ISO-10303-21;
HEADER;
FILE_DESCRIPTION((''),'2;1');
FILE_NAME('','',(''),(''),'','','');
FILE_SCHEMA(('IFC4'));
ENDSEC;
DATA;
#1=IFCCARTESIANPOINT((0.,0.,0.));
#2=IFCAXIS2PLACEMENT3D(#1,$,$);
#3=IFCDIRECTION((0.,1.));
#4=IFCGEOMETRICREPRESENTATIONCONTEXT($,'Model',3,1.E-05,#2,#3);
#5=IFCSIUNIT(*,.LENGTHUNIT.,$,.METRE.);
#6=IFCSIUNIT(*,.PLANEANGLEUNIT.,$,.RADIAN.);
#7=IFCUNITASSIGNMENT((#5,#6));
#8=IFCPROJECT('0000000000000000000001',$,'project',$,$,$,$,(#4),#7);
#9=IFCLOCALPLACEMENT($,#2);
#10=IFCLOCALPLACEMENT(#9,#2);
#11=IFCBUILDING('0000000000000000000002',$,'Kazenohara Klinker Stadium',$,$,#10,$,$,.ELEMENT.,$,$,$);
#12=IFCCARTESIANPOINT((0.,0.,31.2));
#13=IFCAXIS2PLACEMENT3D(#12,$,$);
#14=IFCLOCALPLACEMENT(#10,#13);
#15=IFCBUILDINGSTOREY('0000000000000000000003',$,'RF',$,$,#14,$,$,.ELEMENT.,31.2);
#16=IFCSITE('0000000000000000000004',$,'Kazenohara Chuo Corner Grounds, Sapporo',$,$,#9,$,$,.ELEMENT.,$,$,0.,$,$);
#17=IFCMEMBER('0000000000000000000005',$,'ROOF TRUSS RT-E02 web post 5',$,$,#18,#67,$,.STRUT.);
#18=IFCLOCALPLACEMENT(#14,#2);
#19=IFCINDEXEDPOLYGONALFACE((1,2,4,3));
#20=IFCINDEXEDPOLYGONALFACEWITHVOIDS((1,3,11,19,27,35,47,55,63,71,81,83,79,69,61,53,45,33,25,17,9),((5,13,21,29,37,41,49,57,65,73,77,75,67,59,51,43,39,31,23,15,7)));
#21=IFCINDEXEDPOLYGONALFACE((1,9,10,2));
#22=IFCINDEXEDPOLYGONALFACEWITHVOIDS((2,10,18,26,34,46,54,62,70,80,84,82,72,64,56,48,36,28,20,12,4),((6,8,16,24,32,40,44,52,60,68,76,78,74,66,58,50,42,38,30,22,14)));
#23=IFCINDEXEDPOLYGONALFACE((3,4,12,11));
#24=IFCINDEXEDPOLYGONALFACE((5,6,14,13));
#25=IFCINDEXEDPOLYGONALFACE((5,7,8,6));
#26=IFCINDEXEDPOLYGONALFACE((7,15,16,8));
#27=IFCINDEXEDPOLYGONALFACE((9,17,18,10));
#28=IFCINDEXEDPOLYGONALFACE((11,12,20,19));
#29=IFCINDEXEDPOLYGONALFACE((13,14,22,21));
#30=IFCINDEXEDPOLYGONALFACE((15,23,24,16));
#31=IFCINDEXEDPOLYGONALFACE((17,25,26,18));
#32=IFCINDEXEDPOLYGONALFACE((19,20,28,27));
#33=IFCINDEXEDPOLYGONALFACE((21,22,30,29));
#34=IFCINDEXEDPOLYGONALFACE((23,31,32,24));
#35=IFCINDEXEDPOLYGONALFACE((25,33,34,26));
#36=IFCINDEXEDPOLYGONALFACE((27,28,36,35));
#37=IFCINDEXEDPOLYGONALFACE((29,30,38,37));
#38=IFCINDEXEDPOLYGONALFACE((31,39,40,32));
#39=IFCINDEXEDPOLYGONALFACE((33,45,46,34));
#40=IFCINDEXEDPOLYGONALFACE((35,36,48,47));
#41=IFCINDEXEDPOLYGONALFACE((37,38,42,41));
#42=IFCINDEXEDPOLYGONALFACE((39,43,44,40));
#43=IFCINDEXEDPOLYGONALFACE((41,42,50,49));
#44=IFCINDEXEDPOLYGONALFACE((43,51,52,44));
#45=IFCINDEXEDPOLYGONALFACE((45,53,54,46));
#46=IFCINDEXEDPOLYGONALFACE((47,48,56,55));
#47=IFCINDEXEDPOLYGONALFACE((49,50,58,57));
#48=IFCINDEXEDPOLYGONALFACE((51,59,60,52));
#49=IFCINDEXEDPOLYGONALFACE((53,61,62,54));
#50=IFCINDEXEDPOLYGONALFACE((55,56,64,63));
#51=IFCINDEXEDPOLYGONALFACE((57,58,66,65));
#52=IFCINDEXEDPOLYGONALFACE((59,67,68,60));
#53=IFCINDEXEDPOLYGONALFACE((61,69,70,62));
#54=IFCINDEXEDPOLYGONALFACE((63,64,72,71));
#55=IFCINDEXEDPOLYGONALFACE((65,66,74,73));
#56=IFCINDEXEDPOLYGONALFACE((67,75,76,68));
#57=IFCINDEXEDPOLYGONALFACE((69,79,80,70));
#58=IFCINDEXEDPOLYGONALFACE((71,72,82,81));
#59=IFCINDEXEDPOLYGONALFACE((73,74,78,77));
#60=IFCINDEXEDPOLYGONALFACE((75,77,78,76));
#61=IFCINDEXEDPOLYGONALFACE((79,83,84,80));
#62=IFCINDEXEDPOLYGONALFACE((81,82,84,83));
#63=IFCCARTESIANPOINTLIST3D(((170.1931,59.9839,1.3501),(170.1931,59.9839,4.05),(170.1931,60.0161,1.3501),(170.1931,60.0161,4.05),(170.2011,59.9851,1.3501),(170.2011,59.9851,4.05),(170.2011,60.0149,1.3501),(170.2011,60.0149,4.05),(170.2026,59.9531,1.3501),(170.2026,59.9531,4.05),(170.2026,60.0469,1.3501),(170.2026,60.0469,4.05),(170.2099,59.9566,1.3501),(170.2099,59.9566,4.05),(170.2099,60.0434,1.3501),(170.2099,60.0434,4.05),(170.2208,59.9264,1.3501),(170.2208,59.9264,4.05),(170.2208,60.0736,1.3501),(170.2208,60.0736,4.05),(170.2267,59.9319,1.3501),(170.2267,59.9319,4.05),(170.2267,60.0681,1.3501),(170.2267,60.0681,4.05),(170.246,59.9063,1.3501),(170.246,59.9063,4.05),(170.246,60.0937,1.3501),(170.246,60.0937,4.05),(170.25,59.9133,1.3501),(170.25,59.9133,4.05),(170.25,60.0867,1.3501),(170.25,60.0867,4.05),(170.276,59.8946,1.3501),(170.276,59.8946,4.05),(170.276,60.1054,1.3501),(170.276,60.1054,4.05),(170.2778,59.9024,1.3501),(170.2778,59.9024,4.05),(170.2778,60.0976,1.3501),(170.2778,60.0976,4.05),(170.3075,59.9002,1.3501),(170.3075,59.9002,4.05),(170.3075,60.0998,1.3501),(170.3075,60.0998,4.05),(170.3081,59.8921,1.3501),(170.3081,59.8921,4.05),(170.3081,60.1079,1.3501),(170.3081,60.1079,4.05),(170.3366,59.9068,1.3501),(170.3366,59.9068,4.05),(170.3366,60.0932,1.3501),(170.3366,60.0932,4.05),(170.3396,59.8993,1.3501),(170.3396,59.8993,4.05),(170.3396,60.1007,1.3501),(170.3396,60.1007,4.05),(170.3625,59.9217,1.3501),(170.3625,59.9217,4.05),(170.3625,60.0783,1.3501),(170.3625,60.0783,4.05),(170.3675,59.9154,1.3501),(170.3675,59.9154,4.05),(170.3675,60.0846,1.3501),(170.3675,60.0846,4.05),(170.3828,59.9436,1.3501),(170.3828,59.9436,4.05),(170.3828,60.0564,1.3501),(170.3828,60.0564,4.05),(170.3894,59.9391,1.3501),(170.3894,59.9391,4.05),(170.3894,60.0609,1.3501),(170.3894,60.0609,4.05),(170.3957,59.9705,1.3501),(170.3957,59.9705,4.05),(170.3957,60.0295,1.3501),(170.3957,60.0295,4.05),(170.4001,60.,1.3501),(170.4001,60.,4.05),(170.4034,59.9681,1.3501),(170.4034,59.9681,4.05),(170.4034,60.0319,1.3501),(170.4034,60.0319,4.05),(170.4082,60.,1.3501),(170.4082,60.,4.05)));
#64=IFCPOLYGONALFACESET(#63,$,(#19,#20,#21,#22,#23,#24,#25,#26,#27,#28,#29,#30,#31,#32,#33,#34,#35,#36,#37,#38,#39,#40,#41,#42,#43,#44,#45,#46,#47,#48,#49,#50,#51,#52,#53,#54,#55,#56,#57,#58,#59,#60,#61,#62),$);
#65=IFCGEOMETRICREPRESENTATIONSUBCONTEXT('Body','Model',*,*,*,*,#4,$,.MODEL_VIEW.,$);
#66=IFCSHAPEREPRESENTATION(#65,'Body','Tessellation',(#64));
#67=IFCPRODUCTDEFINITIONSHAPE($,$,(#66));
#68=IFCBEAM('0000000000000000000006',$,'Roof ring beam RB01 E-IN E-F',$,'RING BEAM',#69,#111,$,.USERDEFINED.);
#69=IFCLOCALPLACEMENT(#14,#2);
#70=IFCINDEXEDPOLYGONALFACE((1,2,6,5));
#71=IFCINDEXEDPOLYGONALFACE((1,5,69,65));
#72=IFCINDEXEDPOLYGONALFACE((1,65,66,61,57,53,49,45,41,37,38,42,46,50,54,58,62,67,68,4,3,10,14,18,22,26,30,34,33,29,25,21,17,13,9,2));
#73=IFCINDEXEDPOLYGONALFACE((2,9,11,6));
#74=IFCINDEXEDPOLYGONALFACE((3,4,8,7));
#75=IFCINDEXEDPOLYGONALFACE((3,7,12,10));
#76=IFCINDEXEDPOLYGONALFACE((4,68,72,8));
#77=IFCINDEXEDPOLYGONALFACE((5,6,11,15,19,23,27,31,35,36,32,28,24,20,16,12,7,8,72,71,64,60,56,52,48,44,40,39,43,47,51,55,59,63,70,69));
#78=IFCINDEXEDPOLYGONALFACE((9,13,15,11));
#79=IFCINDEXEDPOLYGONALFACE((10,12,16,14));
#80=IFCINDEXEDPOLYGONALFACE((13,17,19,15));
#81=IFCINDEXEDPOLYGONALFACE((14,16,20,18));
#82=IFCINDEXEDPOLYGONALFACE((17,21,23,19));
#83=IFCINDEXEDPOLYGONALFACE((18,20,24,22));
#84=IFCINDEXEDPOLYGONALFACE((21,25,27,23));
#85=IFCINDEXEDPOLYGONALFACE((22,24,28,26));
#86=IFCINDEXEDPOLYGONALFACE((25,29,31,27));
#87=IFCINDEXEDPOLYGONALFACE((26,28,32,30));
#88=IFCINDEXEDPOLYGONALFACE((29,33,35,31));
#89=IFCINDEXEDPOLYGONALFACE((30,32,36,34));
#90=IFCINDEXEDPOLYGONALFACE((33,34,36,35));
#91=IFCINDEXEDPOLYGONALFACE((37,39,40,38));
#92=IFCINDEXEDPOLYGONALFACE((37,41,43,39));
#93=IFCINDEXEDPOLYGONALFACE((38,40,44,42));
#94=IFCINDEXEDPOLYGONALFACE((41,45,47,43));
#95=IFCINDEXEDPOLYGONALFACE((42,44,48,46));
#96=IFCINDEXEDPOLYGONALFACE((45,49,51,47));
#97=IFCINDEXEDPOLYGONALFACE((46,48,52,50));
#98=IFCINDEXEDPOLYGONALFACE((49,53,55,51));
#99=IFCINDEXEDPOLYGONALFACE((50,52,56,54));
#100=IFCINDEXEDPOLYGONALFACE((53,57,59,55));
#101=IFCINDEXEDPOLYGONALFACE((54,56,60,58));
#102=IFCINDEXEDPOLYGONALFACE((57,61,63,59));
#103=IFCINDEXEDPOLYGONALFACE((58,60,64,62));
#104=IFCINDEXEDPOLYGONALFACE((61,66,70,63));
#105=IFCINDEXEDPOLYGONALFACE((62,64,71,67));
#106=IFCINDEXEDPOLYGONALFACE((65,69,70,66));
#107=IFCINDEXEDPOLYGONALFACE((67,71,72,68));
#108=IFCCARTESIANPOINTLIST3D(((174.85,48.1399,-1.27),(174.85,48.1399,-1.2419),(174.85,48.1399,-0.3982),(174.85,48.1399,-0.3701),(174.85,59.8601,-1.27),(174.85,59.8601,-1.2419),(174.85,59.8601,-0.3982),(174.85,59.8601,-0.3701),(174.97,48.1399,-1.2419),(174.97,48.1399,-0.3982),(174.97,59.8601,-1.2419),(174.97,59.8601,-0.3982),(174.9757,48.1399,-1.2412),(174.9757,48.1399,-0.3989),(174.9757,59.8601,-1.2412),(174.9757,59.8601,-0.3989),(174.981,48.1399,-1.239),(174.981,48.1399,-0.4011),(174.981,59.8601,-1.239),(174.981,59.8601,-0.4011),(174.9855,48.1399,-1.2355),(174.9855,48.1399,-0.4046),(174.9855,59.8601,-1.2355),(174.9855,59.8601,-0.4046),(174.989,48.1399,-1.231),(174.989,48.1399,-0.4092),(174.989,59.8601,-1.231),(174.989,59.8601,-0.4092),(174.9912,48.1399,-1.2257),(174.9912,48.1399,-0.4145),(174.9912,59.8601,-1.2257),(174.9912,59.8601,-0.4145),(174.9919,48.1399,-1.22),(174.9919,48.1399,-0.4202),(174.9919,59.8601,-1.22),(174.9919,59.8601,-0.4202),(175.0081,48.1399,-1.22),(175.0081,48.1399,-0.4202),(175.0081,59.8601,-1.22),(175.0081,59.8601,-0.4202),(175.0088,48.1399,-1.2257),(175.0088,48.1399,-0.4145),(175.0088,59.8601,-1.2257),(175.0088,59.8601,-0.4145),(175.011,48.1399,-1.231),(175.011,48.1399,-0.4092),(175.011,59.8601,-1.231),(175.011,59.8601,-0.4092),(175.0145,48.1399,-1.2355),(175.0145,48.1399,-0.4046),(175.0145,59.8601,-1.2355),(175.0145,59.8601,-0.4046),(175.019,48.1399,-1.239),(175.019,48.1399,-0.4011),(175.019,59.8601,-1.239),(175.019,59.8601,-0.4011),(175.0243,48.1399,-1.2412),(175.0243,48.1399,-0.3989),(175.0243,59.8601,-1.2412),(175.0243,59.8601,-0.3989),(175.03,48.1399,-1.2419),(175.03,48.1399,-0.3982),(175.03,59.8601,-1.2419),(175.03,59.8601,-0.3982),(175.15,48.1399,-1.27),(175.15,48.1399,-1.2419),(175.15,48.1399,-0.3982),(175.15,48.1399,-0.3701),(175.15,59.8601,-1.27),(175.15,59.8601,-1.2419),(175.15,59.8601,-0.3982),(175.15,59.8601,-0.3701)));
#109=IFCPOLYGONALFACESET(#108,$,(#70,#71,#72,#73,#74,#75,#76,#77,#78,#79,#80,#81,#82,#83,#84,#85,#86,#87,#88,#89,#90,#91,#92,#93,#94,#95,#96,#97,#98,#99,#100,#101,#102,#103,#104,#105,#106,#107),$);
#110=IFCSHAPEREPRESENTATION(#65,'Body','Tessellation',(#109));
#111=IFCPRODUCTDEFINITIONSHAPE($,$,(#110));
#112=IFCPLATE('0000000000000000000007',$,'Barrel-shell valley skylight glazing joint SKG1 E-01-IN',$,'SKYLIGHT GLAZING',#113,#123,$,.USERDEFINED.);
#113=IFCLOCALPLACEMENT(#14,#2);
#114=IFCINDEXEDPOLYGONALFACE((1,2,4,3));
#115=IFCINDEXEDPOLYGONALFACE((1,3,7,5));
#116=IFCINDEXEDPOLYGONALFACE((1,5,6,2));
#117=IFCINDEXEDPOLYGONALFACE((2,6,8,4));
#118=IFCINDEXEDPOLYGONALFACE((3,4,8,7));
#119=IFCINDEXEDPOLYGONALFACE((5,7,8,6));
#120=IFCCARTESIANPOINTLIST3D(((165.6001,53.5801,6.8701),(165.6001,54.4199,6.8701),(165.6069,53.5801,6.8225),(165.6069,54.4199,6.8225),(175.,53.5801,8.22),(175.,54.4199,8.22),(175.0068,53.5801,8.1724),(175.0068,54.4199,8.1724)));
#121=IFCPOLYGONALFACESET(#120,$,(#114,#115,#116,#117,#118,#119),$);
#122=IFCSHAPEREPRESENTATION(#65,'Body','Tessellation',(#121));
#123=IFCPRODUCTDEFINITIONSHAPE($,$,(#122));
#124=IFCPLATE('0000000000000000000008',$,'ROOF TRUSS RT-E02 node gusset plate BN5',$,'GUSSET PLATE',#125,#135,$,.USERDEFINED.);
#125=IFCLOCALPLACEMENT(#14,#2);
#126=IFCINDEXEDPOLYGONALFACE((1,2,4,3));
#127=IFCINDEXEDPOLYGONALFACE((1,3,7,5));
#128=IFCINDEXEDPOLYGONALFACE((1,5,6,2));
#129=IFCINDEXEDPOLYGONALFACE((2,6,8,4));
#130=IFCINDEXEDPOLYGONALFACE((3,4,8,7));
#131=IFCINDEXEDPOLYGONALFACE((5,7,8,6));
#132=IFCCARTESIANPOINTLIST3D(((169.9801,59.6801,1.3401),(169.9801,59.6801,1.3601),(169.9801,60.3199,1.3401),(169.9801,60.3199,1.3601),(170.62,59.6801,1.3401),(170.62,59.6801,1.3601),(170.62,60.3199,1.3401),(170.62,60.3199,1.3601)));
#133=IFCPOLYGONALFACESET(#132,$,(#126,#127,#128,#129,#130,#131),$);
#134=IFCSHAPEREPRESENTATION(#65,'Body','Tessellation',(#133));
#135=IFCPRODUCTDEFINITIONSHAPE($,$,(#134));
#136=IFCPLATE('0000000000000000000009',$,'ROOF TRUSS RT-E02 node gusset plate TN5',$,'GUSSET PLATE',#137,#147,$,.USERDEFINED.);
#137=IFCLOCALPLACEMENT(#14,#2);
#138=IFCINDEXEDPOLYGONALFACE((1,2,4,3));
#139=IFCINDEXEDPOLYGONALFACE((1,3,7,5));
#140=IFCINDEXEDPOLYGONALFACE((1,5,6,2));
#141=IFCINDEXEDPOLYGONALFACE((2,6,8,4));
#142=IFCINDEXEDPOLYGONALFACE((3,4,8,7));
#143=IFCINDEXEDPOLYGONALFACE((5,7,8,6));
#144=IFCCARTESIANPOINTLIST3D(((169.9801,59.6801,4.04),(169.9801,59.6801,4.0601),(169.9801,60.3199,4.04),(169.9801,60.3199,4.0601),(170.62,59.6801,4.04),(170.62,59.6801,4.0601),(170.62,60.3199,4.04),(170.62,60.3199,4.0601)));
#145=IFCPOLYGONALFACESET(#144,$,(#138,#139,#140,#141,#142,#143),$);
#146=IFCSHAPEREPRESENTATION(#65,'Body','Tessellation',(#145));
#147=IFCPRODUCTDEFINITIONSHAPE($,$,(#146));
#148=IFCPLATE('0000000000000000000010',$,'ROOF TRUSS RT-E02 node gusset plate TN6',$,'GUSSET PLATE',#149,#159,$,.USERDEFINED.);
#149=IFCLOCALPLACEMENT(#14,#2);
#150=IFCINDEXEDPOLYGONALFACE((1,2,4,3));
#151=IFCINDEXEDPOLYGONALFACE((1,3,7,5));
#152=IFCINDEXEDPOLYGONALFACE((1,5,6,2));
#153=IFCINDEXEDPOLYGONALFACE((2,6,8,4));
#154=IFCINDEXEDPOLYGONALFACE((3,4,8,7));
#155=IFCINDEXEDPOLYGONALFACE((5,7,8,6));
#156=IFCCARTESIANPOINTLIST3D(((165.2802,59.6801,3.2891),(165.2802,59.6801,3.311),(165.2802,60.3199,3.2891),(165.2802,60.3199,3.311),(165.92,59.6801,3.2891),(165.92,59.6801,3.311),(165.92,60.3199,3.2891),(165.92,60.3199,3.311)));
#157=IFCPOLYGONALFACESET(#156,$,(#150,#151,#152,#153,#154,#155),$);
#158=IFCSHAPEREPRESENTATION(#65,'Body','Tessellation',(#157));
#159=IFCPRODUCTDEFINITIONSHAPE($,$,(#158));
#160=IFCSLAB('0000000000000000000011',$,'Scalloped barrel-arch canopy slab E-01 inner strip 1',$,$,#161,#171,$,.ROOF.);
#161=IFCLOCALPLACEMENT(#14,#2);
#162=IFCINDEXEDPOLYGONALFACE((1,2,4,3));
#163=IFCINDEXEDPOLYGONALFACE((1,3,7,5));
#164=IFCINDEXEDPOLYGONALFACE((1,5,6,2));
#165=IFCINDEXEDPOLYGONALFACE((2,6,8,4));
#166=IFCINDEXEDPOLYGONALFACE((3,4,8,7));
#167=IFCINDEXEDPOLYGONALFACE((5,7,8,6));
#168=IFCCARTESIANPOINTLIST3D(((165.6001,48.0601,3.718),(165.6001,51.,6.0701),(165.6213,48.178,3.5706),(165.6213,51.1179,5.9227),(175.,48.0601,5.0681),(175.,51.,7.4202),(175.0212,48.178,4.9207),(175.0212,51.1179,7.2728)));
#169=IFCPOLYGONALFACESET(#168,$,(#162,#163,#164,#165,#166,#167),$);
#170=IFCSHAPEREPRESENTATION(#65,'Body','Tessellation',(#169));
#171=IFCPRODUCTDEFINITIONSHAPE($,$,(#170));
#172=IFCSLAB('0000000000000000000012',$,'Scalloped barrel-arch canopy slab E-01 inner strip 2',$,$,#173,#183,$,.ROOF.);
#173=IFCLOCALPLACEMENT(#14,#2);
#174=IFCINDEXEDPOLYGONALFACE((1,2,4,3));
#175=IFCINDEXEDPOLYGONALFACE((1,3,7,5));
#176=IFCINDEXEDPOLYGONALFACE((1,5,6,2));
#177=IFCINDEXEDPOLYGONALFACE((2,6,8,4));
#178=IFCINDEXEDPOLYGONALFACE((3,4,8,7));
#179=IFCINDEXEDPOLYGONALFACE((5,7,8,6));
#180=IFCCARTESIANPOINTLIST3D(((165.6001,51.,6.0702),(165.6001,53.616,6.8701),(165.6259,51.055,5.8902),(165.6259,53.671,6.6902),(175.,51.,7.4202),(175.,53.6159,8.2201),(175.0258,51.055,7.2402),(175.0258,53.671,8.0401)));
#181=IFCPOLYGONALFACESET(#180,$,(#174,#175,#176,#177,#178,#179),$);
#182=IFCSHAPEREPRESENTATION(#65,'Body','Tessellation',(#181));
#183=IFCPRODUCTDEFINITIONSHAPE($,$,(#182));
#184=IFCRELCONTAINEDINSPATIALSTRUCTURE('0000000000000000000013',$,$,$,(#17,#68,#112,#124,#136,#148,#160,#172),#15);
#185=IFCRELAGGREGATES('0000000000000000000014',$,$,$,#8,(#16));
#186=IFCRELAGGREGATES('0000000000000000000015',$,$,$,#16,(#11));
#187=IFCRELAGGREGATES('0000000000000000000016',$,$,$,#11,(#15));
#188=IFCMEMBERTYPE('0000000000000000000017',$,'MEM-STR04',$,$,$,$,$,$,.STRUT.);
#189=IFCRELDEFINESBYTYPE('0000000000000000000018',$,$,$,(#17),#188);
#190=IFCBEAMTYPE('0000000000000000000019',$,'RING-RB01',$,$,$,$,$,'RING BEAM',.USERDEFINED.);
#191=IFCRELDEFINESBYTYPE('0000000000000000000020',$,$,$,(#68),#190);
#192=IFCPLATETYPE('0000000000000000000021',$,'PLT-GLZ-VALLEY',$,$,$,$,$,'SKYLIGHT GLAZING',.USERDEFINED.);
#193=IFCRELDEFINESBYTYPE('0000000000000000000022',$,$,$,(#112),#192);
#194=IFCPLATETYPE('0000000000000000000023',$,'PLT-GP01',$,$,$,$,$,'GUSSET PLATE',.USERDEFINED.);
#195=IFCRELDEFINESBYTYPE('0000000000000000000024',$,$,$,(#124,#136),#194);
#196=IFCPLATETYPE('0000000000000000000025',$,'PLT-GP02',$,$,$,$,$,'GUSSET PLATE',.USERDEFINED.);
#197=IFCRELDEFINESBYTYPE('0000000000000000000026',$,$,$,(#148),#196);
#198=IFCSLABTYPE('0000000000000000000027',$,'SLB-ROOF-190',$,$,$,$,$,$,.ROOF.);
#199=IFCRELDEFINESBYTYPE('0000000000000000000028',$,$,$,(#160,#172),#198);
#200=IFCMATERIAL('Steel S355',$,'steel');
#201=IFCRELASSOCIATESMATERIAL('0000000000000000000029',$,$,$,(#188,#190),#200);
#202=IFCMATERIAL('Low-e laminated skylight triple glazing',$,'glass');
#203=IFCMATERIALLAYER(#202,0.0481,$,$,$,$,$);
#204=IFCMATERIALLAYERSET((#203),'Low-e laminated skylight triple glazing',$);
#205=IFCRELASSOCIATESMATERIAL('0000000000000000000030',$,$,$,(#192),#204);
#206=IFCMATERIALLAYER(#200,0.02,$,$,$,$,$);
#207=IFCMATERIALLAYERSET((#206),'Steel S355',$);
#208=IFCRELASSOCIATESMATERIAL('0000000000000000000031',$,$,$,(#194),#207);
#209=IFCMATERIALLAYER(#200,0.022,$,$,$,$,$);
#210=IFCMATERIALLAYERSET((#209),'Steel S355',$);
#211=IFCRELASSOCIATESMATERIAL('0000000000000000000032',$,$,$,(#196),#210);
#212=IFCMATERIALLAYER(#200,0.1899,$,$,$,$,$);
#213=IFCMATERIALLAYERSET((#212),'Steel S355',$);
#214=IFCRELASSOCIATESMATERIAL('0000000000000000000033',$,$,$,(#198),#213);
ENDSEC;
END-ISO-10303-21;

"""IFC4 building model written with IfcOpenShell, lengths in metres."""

from ifc_helpers import new_model, si_unit, direction, frame, origin, origin_2d, place, context, subcontext, project, spatial, polyline, rectangle, hollow_circle, i_section, outline, extrude, material, layer, layer_set, material_profile, profile_set, type_object, element, save


model = new_model("IFC4")

# Units and contexts
model_context = context("Model", 3, precision=1e-05, world=origin(), true_north=direction((0.0, 1.0)))
body_context = subcontext(model_context, "Body", "Model", "MODEL_VIEW")
ifc_project = project(units=[si_unit("LENGTHUNIT", "METRE"), si_unit("PLANEANGLEUNIT", "RADIAN")], contexts=[model_context])

# Site, building, storey
site_placement = place(None, origin())
site = spatial("IfcSite", under=ifc_project, at=site_placement, Name="Kazenohara Chuo Corner Grounds, Sapporo", CompositionType="ELEMENT", RefElevation=0.0)
building_placement = place(site_placement, origin())
building = spatial("IfcBuilding", under=site, at=building_placement, Name="Kazenohara Klinker Stadium", CompositionType="ELEMENT")
storey_placement = place(building_placement, frame((0.0, 0.0, 31.2)))
storey = spatial("IfcBuildingStorey", under=building, at=storey_placement, Name="RF", CompositionType="ELEMENT", Elevation=31.2)

# Member
ifc_material_1 = material(Name="Steel S355", Category="steel")
ifc_material_profile_1 = material_profile(ifc_material_1, hollow_circle(Radius=0.1082, WallThickness=0.0081, at=origin_2d()), Name="CHS-216.3x8")
ifc_profile_set_1 = profile_set([ifc_material_profile_1], Name="Steel S355")
member_type_1 = type_object("IfcMemberType", Name="MEM-STR04", PredefinedType="STRUT", material=ifc_profile_set_1)
member_1_placement = place(storey_placement, frame((170.3, 60.0, 1.3501), z_axis=(0.0, 0.0, 1.0), x_axis=(1.0, 0.0, 0.0)))
element("IfcMember", 1, at=member_1_placement, inside=storey, type_object=member_type_1, Name="ROOF TRUSS RT-E02 web post 5", PredefinedType="STRUT", context=body_context, shape_type="SweptSolid", body=[
    extrude(hollow_circle(Radius=0.1082, WallThickness=0.0081, at=origin_2d()), origin(), (0.0, 0.0, 1.0), 2.7),
])

# Beam
ifc_material_profile_2 = material_profile(ifc_material_1, i_section(OverallWidth=0.3, OverallDepth=0.8999, WebThickness=0.0161, FlangeThickness=0.0281, FilletRadius=0.022, at=origin_2d()), Name="H-900x300x16x28")
ifc_profile_set_2 = profile_set([ifc_material_profile_2], Name="Steel S355")
beam_type = type_object("IfcBeamType", Name="RING-RB01", ElementType="RING BEAM", PredefinedType="USERDEFINED", material=ifc_profile_set_2)
beam_placement = place(storey_placement, frame((175.0, 48.1399, -0.8201), z_axis=(0.0, 1.0, 0.0), x_axis=(-1.0, 0.0, 0.0)))
element("IfcBeam", 2, at=beam_placement, inside=storey, type_object=beam_type, Name="Roof ring beam RB01 E-IN E-F", ObjectType="RING BEAM", PredefinedType="USERDEFINED", context=body_context, shape_type="SweptSolid", body=[
    extrude(i_section(OverallWidth=0.3, OverallDepth=0.8999, WebThickness=0.0161, FlangeThickness=0.0281, FilletRadius=0.022, at=origin_2d()), origin(), (0.0, 0.0, 1.0), 11.7202),
])

# Plates
ifc_material_2 = material(Name="Low-e laminated skylight triple glazing", Category="glass")
ifc_layer_1 = layer(ifc_material_2, 0.0481)
ifc_layer_set_1 = layer_set([ifc_layer_1], Name="Low-e laminated skylight triple glazing")
plate_type_1 = type_object("IfcPlateType", Name="PLT-GLZ-VALLEY", ElementType="SKYLIGHT GLAZING", PredefinedType="USERDEFINED", material=ifc_layer_set_1)
plate_1_placement = place(storey_placement, frame((175.0, 53.5801, 8.22), z_axis=(-0.142145, 0.0, 0.989846), x_axis=(-0.989846, 0.0, -0.142145)))
element("IfcPlate", 3, at=plate_1_placement, inside=storey, type_object=plate_type_1, Name="Barrel-shell valley skylight glazing joint SKG1 E-01-IN", ObjectType="SKYLIGHT GLAZING", PredefinedType="USERDEFINED", context=body_context, shape_type="SweptSolid", body=[
    extrude(outline(polyline([(0.0, 0.0), (9.4963, 0.0), (9.4963, -0.8398), (0.0, -0.8398), (0.0, 0.0)])), origin(), (0.0, 0.0, -1.0), 0.0481),
])
ifc_layer_2 = layer(ifc_material_1, 0.02)
ifc_layer_set_2 = layer_set([ifc_layer_2], Name="Steel S355")
plate_type_2 = type_object("IfcPlateType", Name="PLT-GP01", ElementType="GUSSET PLATE", PredefinedType="USERDEFINED", material=ifc_layer_set_2)
for number, where, z_axis, x_axis, name in (
    (4, (170.3, 60.0, 1.3401), (0.0, 0.0, 1.0), (1.0, 0.0, 0.0), "ROOF TRUSS RT-E02 node gusset plate BN5"),
    (5, (170.3, 60.0, 4.04), (0.0, 0.0, 1.0), (1.0, 0.0, 0.0), "ROOF TRUSS RT-E02 node gusset plate TN5"),
):
    element("IfcPlate", number, at=place(storey_placement, frame(where, z_axis=z_axis, x_axis=x_axis)), inside=storey, type_object=plate_type_2, Name=name, ObjectType="GUSSET PLATE", PredefinedType="USERDEFINED", context=body_context, shape_type="SweptSolid", body=[
        extrude(rectangle(XDim=0.6399, YDim=0.6399, at=origin_2d()), origin(), (0.0, 0.0, 1.0), 0.02),
    ])
ifc_layer_3 = layer(ifc_material_1, 0.022)
ifc_layer_set_3 = layer_set([ifc_layer_3], Name="Steel S355")
plate_type_3 = type_object("IfcPlateType", Name="PLT-GP02", ElementType="GUSSET PLATE", PredefinedType="USERDEFINED", material=ifc_layer_set_3)
plate_2_placement = place(storey_placement, frame((165.6001, 60.0, 3.2891), z_axis=(0.0, 0.0, 1.0), x_axis=(1.0, 0.0, 0.0)))
element("IfcPlate", 6, at=plate_2_placement, inside=storey, type_object=plate_type_3, Name="ROOF TRUSS RT-E02 node gusset plate TN6", ObjectType="GUSSET PLATE", PredefinedType="USERDEFINED", context=body_context, shape_type="SweptSolid", body=[
    extrude(rectangle(XDim=0.6399, YDim=0.6399, at=origin_2d()), origin(), (0.0, 0.0, 1.0), 0.022),
])

# Slabs
ifc_layer_4 = layer(ifc_material_1, 0.1899)
ifc_layer_set_4 = layer_set([ifc_layer_4], Name="Steel S355")
slab_type = type_object("IfcSlabType", Name="SLB-ROOF-190", PredefinedType="ROOF", material=ifc_layer_set_4)
slab_1_placement = place(storey_placement, frame((175.0, 48.0601, 5.0681), z_axis=(-0.111455, -0.620819, 0.775991), x_axis=(-0.989842, 0.0, -0.14217)))
element("IfcSlab", 7, at=slab_1_placement, inside=storey, type_object=slab_type, Name="Scalloped barrel-arch canopy slab E-01 inner strip 1", PredefinedType="ROOF", context=body_context, shape_type="SweptSolid", body=[
    extrude(outline(polyline([(0.0, 0.0), (9.4964, 0.0), (9.162, -3.7501), (-0.3344, -3.7501), (0.0, 0.0)])), origin(), (0.0, 0.0, -1.0), 0.1899),
])
slab_2_placement = place(storey_placement, frame((175.0, 51.0, 7.4202), z_axis=(-0.136061, -0.289701, 0.947397), x_axis=(-0.989844, -0.000004, -0.142158)))
element("IfcSlab", 8, at=slab_2_placement, inside=storey, type_object=slab_type, Name="Scalloped barrel-arch canopy slab E-01 inner strip 2", PredefinedType="ROOF", context=body_context, shape_type="SweptSolid", body=[
    extrude(outline(polyline([(0.0, 0.0), (9.4964, 0.0), (9.3826, -2.7332), (-0.1137, -2.7331), (0.0, 0.0)])), origin(), (0.0, 0.0, -1.0), 0.1899),
])

save(model, "model.ifc")
